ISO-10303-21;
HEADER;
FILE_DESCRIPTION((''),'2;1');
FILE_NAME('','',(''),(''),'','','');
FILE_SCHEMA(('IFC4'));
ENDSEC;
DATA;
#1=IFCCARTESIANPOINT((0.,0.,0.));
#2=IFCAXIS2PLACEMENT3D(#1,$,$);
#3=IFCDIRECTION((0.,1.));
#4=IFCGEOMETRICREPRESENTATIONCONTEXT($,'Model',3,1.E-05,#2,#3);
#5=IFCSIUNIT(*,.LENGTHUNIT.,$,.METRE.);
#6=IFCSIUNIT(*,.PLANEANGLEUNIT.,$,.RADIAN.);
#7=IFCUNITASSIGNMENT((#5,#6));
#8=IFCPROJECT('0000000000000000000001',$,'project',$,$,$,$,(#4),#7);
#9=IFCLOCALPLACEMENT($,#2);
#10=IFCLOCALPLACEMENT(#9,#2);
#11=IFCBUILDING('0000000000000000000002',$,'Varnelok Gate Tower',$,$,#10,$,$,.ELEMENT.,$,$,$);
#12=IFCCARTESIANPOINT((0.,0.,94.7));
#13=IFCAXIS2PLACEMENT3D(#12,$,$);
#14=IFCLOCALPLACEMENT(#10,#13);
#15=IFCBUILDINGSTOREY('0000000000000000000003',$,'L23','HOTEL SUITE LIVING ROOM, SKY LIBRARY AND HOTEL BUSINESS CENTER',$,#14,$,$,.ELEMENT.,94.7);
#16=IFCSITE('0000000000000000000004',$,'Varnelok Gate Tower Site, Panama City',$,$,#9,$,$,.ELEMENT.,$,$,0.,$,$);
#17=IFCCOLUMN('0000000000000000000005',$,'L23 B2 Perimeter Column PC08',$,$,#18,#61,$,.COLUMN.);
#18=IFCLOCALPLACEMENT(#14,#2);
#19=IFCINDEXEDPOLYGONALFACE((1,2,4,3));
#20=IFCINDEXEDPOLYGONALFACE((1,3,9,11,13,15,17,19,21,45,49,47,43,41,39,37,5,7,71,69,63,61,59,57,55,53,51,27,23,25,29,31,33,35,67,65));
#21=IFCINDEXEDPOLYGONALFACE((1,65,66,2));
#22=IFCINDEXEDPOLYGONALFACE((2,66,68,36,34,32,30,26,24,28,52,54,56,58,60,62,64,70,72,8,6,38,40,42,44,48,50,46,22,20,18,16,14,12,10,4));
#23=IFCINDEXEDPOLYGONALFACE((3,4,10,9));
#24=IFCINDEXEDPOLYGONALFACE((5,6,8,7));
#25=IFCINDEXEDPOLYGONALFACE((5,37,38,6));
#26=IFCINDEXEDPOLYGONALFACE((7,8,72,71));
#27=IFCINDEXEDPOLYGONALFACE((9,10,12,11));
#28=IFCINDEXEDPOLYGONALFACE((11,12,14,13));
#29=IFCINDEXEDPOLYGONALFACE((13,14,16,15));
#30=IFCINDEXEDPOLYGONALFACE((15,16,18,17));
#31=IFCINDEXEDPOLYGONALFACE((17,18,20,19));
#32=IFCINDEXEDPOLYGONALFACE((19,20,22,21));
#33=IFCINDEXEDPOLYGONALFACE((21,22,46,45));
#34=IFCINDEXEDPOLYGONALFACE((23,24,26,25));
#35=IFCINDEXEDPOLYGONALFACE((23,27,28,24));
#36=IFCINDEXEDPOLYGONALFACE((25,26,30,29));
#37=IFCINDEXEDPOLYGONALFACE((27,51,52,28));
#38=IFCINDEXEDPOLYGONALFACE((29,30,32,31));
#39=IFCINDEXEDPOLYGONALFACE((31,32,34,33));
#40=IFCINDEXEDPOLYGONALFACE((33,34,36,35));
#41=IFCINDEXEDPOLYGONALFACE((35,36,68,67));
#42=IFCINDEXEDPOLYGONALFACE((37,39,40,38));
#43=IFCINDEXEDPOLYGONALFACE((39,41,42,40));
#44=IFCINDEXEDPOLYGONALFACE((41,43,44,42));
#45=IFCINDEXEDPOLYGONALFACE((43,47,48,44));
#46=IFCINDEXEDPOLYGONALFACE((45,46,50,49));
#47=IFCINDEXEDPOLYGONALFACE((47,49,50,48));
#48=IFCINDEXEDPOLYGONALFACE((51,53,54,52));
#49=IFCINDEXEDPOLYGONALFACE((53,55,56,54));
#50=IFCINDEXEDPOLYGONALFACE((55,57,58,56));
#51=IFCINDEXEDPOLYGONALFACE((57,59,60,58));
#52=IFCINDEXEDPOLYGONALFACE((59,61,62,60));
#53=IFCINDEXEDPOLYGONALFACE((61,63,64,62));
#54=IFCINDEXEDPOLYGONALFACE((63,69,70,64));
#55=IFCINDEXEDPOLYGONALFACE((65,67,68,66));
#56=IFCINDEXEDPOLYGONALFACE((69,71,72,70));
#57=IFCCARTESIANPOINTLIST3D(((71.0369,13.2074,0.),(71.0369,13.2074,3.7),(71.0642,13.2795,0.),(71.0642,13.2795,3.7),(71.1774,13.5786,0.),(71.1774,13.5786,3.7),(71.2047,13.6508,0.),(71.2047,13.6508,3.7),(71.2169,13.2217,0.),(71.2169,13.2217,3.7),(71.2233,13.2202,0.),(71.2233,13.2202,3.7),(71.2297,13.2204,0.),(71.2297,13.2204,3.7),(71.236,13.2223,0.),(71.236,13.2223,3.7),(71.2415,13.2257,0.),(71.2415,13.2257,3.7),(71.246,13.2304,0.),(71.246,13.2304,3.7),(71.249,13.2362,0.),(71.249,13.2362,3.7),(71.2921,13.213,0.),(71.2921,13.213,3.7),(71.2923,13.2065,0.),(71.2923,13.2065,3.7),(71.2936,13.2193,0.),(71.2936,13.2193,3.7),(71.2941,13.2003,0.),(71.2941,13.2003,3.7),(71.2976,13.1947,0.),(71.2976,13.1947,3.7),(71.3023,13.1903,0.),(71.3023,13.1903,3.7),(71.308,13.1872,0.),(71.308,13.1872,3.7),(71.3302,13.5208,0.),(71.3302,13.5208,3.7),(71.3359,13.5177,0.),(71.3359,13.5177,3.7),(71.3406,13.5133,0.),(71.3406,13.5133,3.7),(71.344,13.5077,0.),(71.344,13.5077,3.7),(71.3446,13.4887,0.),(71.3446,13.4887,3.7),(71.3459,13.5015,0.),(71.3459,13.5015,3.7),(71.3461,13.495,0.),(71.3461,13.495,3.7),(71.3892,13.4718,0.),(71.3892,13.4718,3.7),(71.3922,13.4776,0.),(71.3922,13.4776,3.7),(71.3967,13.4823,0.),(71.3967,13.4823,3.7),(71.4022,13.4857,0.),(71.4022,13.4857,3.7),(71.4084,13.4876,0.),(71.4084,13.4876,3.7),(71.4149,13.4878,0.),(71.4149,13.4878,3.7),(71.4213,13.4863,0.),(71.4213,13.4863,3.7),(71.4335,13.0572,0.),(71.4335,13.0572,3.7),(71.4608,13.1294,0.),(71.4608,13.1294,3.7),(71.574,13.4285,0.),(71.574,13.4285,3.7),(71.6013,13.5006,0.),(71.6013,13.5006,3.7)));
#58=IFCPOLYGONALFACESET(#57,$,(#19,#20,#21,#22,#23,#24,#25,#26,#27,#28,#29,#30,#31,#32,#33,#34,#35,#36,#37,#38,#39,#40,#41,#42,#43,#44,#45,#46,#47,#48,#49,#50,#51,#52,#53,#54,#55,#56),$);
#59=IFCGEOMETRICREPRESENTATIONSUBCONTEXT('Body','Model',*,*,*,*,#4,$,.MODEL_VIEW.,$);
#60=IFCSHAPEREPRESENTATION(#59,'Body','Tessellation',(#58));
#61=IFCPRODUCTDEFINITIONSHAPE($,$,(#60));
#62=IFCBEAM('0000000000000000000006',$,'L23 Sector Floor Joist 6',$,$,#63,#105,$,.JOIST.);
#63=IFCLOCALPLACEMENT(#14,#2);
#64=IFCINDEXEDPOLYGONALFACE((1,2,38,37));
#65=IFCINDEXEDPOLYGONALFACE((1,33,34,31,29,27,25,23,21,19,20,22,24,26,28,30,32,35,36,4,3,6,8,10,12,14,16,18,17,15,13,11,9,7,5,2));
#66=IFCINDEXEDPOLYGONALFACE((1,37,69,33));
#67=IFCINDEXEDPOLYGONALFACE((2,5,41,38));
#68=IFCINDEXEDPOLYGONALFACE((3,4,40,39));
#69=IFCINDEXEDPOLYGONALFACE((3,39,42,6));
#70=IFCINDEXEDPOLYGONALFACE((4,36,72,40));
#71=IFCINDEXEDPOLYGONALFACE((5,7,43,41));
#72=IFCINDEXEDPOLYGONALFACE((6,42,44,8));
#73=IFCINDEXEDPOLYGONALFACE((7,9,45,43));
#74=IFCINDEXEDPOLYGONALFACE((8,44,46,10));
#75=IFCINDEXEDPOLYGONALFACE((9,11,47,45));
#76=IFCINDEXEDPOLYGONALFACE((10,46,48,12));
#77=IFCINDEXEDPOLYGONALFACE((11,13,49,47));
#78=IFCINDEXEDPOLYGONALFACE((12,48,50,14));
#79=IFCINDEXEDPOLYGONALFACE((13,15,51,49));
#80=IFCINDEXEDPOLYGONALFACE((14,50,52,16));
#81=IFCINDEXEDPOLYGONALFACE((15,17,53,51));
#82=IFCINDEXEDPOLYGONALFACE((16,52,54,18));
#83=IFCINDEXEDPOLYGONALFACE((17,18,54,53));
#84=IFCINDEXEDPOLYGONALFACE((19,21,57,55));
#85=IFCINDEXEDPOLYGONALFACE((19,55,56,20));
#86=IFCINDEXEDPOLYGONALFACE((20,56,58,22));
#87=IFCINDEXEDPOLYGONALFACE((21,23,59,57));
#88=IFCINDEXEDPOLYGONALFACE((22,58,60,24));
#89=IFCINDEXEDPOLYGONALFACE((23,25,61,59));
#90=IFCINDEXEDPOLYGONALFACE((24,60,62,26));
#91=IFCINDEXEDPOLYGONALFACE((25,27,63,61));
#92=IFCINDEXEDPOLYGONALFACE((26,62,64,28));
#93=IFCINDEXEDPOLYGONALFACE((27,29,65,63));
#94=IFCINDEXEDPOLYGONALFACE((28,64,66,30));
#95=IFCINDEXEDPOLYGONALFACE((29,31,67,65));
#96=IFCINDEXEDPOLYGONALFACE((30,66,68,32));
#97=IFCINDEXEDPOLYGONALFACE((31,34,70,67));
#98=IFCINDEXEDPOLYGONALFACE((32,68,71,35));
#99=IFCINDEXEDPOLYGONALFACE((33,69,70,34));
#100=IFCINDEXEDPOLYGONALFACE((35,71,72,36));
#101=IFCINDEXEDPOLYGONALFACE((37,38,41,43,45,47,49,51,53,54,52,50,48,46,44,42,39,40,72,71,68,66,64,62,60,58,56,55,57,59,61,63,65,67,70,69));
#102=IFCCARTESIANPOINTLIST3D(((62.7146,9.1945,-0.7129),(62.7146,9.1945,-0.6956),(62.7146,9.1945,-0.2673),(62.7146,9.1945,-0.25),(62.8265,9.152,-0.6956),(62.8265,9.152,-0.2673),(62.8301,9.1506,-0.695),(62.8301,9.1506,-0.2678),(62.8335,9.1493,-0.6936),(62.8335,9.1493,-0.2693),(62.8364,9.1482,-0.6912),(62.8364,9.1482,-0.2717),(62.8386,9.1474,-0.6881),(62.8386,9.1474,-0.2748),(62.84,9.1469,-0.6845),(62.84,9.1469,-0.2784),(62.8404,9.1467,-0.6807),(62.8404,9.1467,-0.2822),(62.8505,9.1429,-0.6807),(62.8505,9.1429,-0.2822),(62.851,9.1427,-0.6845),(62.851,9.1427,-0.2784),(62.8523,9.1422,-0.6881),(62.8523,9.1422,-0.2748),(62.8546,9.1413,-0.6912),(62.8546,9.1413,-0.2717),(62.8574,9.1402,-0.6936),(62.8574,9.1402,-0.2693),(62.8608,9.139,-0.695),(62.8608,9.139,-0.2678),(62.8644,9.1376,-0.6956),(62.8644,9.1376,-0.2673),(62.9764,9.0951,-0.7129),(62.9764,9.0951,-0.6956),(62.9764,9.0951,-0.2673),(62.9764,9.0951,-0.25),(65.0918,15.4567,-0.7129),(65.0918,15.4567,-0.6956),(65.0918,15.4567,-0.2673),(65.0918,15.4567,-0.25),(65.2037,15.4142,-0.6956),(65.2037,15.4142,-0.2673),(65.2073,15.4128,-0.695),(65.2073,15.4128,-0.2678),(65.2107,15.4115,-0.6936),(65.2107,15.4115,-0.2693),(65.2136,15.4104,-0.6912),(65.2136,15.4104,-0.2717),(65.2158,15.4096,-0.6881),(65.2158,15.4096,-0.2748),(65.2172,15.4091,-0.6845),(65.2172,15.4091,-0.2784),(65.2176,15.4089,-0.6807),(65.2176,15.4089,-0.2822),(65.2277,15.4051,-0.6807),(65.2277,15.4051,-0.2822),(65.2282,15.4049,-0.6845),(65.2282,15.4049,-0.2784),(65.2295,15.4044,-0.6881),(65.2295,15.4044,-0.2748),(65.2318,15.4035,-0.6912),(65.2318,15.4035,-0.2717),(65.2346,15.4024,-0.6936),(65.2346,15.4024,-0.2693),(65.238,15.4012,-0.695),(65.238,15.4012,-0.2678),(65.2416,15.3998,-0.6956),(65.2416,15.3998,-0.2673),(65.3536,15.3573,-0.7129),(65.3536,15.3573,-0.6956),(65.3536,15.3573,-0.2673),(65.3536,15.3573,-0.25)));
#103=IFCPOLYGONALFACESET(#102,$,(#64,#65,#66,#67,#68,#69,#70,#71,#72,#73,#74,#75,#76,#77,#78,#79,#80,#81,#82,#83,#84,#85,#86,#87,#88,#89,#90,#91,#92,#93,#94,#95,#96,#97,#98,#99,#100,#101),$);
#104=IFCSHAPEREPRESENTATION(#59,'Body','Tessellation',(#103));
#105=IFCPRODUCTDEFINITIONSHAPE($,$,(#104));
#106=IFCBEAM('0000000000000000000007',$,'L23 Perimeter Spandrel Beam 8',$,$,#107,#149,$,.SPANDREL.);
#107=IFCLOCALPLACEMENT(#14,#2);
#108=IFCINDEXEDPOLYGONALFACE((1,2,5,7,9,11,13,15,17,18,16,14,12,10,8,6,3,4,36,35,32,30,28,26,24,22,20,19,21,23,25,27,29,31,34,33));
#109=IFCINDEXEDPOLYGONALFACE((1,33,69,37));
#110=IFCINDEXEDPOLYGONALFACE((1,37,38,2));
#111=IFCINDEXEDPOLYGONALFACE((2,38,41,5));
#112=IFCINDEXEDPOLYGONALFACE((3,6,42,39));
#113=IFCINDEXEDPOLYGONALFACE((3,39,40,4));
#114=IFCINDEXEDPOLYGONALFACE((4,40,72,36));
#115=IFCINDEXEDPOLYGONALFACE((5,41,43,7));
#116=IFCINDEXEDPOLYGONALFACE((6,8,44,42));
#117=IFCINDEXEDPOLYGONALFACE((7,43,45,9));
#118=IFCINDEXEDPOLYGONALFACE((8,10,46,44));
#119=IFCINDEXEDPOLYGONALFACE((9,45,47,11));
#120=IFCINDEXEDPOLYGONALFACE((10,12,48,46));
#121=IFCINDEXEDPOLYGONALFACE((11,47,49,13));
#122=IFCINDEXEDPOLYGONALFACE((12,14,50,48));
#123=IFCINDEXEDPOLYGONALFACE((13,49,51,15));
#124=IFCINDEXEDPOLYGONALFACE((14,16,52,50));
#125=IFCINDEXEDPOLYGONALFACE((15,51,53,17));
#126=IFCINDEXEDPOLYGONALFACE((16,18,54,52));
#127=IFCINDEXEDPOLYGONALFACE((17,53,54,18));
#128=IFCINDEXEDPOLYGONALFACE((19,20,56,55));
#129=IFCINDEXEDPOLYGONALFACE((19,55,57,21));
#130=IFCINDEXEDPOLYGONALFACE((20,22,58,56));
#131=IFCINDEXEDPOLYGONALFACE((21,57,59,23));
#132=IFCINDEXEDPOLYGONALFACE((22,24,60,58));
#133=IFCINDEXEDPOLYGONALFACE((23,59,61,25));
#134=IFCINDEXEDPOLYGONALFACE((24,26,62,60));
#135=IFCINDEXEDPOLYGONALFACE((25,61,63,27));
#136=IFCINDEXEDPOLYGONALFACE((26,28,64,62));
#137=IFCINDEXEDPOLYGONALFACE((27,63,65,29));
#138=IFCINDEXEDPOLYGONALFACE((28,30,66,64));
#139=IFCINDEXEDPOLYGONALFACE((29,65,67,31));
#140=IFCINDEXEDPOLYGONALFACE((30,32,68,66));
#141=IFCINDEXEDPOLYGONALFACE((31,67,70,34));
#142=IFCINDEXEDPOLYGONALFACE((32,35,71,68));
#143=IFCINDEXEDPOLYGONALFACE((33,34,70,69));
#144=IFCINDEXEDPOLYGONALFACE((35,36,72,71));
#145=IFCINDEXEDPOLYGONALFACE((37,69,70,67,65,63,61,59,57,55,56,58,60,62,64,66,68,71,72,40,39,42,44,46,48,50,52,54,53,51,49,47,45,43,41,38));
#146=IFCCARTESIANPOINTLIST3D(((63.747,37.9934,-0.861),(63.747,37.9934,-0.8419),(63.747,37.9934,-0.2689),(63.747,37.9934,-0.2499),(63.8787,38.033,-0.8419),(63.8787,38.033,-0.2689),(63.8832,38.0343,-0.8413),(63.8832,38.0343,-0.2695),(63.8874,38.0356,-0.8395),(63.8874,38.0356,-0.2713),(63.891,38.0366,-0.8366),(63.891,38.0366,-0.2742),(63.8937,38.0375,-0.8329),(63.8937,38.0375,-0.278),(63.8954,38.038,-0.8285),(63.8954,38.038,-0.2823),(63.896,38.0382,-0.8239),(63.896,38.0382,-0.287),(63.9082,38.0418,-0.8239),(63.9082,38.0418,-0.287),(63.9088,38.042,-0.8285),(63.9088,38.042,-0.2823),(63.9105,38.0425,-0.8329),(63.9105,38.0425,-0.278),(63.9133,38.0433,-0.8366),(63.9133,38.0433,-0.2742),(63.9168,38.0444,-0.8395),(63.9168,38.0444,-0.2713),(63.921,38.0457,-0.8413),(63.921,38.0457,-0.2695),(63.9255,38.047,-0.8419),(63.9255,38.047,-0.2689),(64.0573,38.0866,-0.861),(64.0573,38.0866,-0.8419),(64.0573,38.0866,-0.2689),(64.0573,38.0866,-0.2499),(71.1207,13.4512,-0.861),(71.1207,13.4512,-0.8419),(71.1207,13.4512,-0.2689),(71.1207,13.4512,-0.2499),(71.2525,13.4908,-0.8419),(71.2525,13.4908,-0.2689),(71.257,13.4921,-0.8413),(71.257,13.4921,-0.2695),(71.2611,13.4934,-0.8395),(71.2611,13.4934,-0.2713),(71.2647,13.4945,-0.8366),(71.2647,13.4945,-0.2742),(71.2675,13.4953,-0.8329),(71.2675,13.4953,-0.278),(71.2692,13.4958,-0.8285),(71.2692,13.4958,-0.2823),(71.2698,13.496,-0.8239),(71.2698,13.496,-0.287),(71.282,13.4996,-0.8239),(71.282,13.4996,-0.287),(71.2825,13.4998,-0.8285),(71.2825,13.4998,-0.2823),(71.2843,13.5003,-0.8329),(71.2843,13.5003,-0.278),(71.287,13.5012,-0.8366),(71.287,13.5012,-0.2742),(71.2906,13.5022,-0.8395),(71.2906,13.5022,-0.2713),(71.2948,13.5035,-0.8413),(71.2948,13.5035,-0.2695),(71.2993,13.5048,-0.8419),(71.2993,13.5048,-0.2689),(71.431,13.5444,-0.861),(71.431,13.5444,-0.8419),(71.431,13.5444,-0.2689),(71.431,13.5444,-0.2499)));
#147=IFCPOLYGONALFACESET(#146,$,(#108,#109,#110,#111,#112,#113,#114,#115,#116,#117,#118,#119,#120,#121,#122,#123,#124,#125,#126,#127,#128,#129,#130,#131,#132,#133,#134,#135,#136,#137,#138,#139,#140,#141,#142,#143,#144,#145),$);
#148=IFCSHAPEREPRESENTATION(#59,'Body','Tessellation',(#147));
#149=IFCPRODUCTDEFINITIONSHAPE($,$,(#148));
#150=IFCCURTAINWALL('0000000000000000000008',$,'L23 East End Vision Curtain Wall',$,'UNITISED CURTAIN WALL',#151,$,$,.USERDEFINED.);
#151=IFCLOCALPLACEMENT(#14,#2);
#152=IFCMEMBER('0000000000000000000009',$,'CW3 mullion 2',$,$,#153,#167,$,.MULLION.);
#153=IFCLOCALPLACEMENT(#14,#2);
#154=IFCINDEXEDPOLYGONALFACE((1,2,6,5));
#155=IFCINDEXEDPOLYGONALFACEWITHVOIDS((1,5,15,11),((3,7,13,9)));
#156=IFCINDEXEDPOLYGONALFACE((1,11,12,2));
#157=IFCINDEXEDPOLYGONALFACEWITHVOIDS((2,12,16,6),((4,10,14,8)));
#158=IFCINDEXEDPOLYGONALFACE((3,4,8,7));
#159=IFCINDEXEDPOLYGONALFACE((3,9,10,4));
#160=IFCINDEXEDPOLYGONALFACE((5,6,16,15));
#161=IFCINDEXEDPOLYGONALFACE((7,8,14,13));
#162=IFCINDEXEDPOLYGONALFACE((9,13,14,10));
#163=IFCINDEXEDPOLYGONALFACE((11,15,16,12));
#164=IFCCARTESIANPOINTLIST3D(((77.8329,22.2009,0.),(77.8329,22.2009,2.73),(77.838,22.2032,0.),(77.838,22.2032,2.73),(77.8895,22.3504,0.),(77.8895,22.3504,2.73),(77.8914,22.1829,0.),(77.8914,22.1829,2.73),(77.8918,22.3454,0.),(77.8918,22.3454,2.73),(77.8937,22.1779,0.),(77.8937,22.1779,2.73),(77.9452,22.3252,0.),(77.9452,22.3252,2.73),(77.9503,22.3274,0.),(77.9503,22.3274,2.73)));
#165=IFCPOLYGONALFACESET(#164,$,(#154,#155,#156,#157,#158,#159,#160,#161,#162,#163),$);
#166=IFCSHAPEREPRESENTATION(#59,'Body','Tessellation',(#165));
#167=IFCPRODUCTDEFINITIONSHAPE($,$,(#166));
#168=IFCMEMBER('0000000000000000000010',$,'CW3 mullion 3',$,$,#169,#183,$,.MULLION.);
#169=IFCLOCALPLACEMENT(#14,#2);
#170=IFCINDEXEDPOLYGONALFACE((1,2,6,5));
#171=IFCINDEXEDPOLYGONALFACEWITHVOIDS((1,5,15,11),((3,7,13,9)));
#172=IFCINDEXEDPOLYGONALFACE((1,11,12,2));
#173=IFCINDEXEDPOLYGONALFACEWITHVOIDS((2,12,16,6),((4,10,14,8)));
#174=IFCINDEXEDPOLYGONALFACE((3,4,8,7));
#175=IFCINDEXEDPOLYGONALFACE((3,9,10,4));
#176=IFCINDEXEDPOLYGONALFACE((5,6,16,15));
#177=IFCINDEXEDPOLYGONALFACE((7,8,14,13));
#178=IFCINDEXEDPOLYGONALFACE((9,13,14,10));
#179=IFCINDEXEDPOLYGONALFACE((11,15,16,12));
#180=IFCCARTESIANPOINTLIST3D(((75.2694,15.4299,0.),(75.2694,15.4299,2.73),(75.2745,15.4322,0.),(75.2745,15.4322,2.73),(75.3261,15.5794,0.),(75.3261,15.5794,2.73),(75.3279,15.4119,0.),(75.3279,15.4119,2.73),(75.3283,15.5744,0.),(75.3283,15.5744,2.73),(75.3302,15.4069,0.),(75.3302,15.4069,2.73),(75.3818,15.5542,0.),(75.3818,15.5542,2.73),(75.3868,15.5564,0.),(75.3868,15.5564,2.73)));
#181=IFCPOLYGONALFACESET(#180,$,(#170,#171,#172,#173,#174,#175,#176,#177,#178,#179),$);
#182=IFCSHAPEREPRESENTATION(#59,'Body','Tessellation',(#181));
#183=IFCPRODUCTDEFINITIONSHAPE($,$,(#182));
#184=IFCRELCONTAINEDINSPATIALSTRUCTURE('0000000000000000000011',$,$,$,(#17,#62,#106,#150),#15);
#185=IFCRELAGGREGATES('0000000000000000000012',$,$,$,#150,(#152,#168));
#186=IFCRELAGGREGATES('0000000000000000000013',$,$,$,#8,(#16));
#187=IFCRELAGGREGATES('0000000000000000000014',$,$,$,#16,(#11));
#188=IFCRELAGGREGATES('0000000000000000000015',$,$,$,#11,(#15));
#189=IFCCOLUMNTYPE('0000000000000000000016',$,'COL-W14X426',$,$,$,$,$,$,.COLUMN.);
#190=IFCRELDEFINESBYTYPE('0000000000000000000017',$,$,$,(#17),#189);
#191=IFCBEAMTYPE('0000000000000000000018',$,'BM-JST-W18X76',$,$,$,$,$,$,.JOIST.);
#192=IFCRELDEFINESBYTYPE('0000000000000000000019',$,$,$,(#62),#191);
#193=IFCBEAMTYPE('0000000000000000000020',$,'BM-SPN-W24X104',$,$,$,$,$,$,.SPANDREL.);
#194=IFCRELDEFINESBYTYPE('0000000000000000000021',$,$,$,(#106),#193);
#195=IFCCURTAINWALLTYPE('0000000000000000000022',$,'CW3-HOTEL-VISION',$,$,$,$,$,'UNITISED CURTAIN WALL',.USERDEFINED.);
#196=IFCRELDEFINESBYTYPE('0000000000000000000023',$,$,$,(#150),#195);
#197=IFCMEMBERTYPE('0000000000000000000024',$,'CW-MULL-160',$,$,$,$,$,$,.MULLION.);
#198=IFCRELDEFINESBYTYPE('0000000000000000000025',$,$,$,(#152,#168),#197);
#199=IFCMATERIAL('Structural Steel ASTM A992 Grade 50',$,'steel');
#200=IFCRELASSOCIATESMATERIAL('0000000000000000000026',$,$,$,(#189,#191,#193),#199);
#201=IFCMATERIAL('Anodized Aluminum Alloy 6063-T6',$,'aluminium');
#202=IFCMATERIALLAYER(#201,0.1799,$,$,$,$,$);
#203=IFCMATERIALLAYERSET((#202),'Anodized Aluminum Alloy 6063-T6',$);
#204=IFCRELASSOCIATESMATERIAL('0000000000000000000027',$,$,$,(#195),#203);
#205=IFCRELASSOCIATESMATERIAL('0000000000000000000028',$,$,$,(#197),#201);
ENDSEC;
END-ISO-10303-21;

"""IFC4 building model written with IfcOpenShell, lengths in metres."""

from ifc_helpers import new_model, si_unit, direction, frame, origin, origin_2d, place, context, subcontext, project, spatial, hollow_rectangle, i_section, extrude, material, layer, layer_set, material_profile, profile_set, type_object, element, aggregate, save


model = new_model("IFC4")

# Units and contexts
model_context = context("Model", 3, precision=1e-05, world=origin(), true_north=direction((0.0, 1.0)))
body_context = subcontext(model_context, "Body", "Model", "MODEL_VIEW")
ifc_project = project(units=[si_unit("LENGTHUNIT", "METRE"), si_unit("PLANEANGLEUNIT", "RADIAN")], contexts=[model_context])

# Site, building, storey
site_placement = place(None, origin())
site = spatial("IfcSite", under=ifc_project, at=site_placement, Name="Varnelok Gate Tower Site, Panama City", CompositionType="ELEMENT", RefElevation=0.0)
building_placement = place(site_placement, origin())
building = spatial("IfcBuilding", under=site, at=building_placement, Name="Varnelok Gate Tower", CompositionType="ELEMENT")
storey_placement = place(building_placement, frame((0.0, 0.0, 94.7)))
storey = spatial("IfcBuildingStorey", under=building, at=storey_placement, Name="L23", Description="HOTEL SUITE LIVING ROOM, SKY LIBRARY AND HOTEL BUSINESS CENTER", CompositionType="ELEMENT", Elevation=94.7)

# Column
ifc_material_1 = material(Name="Structural Steel ASTM A992 Grade 50", Category="steel")
ifc_material_profile_1 = material_profile(ifc_material_1, i_section(OverallWidth=0.4241, OverallDepth=0.4741, WebThickness=0.0476, FlangeThickness=0.0771, FilletRadius=0.0249, at=origin_2d()), Name="W14X426")
ifc_profile_set_1 = profile_set([ifc_material_profile_1], Name="Structural Steel ASTM A992 Grade 50")
column_type = type_object("IfcColumnType", Name="COL-W14X426", PredefinedType="COLUMN", material=ifc_profile_set_1)
column_placement = place(storey_placement, frame((71.3191, 13.354, 0.0), z_axis=(0.0, 0.0, 1.0), x_axis=(0.935222, -0.354063, 0.0)))
element("IfcColumn", 1, at=column_placement, inside=storey, type_object=column_type, Name="L23 B2 Perimeter Column PC08", PredefinedType="COLUMN", context=body_context, shape_type="SweptSolid", body=[
    extrude(i_section(OverallWidth=0.4241, OverallDepth=0.4741, WebThickness=0.0476, FlangeThickness=0.0771, FilletRadius=0.0249, at=origin_2d()), origin(), (0.0, 0.0, 1.0), 3.7),
])

# Beams
ifc_material_profile_2 = material_profile(ifc_material_1, i_section(OverallWidth=0.28, OverallDepth=0.4629, WebThickness=0.0107, FlangeThickness=0.0173, FilletRadius=0.0149, at=origin_2d()), Name="W18X76")
ifc_profile_set_2 = profile_set([ifc_material_profile_2], Name="Structural Steel ASTM A992 Grade 50")
beam_type_1 = type_object("IfcBeamType", Name="BM-JST-W18X76", PredefinedType="JOIST", material=ifc_profile_set_2)
beam_1_placement = place(storey_placement, frame((62.8455, 9.1448, -0.4814), z_axis=(0.354899, 0.934905, 0.0), x_axis=(-0.934905, 0.354899, 0.0)))
element("IfcBeam", 2, at=beam_1_placement, inside=storey, type_object=beam_type_1, Name="L23 Sector Floor Joist 6", PredefinedType="JOIST", context=body_context, shape_type="SweptSolid", body=[
    extrude(i_section(OverallWidth=0.28, OverallDepth=0.4629, WebThickness=0.0107, FlangeThickness=0.0173, FilletRadius=0.0149, at=origin_2d()), origin(), (0.0, 0.0, 1.0), 6.6982),
])
ifc_material_profile_3 = material_profile(ifc_material_1, i_section(OverallWidth=0.324, OverallDepth=0.6111, WebThickness=0.0127, FlangeThickness=0.019, FilletRadius=0.0181, at=origin_2d()), Name="W24X104")
ifc_profile_set_3 = profile_set([ifc_material_profile_3], Name="Structural Steel ASTM A992 Grade 50")
beam_type_2 = type_object("IfcBeamType", Name="BM-SPN-W24X104", PredefinedType="SPANDREL", material=ifc_profile_set_3)
beam_2_placement = place(storey_placement, frame((71.2759, 13.4978, -0.5554), z_axis=(-0.287746, 0.957707, 0.0), x_axis=(-0.957707, -0.287746, 0.0)))
element("IfcBeam", 3, at=beam_2_placement, inside=storey, type_object=beam_type_2, Name="L23 Perimeter Spandrel Beam 8", PredefinedType="SPANDREL", context=body_context, shape_type="SweptSolid", body=[
    extrude(i_section(OverallWidth=0.324, OverallDepth=0.6111, WebThickness=0.0127, FlangeThickness=0.019, FilletRadius=0.0181, at=origin_2d()), origin(), (0.0, 0.0, 1.0), 25.626),
])

# Curtain wall, members
ifc_material_2 = material(Name="Anodized Aluminum Alloy 6063-T6", Category="aluminium")
ifc_layer_1 = layer(ifc_material_2, 0.1799)
ifc_layer_set_1 = layer_set([ifc_layer_1], Name="Anodized Aluminum Alloy 6063-T6")
curtain_wall_type = type_object("IfcCurtainWallType", Name="CW3-HOTEL-VISION", ElementType="UNITISED CURTAIN WALL", PredefinedType="USERDEFINED", material=ifc_layer_set_1)
curtain_wall_placement = place(storey_placement, origin())
curtain_wall = element("IfcCurtainWall", 4, at=curtain_wall_placement, inside=storey, type_object=curtain_wall_type, Name="L23 East End Vision Curtain Wall", ObjectType="UNITISED CURTAIN WALL", PredefinedType="USERDEFINED")
ifc_material_profile_4 = material_profile(ifc_material_2, hollow_rectangle(XDim=0.0649, YDim=0.1599, WallThickness=0.0039, at=origin_2d()), Name="ALU160X65X4")
ifc_profile_set_4 = profile_set([ifc_material_profile_4], Name="Anodized Aluminum Alloy 6063-T6")
member_type_1 = type_object("IfcMemberType", Name="CW-MULL-160", PredefinedType="MULLION", material=ifc_profile_set_4)
member_1_placement = place(storey_placement, frame((77.8916, 22.2642, 0.0), z_axis=(0.0, 0.0, 1.0), x_axis=(0.935221, -0.354064, 0.0)))
member_1 = element("IfcMember", 5, at=member_1_placement, type_object=member_type_1, Name="CW3 mullion 2", PredefinedType="MULLION", context=body_context, shape_type="SweptSolid", body=[
    extrude(hollow_rectangle(XDim=0.0649, YDim=0.1599, WallThickness=0.0039, at=origin_2d()), origin(), (0.0, 0.0, 1.0), 2.73),
])
member_2_placement = place(storey_placement, frame((75.3281, 15.4932, 0.0), z_axis=(0.0, 0.0, 1.0), x_axis=(0.935221, -0.354064, 0.0)))
member_2 = element("IfcMember", 6, at=member_2_placement, type_object=member_type_1, Name="CW3 mullion 3", PredefinedType="MULLION", context=body_context, shape_type="SweptSolid", body=[
    extrude(hollow_rectangle(XDim=0.0649, YDim=0.1599, WallThickness=0.0039, at=origin_2d()), origin(), (0.0, 0.0, 1.0), 2.73),
])
aggregate(curtain_wall, [member_1, member_2])

save(model, "model.ifc")
